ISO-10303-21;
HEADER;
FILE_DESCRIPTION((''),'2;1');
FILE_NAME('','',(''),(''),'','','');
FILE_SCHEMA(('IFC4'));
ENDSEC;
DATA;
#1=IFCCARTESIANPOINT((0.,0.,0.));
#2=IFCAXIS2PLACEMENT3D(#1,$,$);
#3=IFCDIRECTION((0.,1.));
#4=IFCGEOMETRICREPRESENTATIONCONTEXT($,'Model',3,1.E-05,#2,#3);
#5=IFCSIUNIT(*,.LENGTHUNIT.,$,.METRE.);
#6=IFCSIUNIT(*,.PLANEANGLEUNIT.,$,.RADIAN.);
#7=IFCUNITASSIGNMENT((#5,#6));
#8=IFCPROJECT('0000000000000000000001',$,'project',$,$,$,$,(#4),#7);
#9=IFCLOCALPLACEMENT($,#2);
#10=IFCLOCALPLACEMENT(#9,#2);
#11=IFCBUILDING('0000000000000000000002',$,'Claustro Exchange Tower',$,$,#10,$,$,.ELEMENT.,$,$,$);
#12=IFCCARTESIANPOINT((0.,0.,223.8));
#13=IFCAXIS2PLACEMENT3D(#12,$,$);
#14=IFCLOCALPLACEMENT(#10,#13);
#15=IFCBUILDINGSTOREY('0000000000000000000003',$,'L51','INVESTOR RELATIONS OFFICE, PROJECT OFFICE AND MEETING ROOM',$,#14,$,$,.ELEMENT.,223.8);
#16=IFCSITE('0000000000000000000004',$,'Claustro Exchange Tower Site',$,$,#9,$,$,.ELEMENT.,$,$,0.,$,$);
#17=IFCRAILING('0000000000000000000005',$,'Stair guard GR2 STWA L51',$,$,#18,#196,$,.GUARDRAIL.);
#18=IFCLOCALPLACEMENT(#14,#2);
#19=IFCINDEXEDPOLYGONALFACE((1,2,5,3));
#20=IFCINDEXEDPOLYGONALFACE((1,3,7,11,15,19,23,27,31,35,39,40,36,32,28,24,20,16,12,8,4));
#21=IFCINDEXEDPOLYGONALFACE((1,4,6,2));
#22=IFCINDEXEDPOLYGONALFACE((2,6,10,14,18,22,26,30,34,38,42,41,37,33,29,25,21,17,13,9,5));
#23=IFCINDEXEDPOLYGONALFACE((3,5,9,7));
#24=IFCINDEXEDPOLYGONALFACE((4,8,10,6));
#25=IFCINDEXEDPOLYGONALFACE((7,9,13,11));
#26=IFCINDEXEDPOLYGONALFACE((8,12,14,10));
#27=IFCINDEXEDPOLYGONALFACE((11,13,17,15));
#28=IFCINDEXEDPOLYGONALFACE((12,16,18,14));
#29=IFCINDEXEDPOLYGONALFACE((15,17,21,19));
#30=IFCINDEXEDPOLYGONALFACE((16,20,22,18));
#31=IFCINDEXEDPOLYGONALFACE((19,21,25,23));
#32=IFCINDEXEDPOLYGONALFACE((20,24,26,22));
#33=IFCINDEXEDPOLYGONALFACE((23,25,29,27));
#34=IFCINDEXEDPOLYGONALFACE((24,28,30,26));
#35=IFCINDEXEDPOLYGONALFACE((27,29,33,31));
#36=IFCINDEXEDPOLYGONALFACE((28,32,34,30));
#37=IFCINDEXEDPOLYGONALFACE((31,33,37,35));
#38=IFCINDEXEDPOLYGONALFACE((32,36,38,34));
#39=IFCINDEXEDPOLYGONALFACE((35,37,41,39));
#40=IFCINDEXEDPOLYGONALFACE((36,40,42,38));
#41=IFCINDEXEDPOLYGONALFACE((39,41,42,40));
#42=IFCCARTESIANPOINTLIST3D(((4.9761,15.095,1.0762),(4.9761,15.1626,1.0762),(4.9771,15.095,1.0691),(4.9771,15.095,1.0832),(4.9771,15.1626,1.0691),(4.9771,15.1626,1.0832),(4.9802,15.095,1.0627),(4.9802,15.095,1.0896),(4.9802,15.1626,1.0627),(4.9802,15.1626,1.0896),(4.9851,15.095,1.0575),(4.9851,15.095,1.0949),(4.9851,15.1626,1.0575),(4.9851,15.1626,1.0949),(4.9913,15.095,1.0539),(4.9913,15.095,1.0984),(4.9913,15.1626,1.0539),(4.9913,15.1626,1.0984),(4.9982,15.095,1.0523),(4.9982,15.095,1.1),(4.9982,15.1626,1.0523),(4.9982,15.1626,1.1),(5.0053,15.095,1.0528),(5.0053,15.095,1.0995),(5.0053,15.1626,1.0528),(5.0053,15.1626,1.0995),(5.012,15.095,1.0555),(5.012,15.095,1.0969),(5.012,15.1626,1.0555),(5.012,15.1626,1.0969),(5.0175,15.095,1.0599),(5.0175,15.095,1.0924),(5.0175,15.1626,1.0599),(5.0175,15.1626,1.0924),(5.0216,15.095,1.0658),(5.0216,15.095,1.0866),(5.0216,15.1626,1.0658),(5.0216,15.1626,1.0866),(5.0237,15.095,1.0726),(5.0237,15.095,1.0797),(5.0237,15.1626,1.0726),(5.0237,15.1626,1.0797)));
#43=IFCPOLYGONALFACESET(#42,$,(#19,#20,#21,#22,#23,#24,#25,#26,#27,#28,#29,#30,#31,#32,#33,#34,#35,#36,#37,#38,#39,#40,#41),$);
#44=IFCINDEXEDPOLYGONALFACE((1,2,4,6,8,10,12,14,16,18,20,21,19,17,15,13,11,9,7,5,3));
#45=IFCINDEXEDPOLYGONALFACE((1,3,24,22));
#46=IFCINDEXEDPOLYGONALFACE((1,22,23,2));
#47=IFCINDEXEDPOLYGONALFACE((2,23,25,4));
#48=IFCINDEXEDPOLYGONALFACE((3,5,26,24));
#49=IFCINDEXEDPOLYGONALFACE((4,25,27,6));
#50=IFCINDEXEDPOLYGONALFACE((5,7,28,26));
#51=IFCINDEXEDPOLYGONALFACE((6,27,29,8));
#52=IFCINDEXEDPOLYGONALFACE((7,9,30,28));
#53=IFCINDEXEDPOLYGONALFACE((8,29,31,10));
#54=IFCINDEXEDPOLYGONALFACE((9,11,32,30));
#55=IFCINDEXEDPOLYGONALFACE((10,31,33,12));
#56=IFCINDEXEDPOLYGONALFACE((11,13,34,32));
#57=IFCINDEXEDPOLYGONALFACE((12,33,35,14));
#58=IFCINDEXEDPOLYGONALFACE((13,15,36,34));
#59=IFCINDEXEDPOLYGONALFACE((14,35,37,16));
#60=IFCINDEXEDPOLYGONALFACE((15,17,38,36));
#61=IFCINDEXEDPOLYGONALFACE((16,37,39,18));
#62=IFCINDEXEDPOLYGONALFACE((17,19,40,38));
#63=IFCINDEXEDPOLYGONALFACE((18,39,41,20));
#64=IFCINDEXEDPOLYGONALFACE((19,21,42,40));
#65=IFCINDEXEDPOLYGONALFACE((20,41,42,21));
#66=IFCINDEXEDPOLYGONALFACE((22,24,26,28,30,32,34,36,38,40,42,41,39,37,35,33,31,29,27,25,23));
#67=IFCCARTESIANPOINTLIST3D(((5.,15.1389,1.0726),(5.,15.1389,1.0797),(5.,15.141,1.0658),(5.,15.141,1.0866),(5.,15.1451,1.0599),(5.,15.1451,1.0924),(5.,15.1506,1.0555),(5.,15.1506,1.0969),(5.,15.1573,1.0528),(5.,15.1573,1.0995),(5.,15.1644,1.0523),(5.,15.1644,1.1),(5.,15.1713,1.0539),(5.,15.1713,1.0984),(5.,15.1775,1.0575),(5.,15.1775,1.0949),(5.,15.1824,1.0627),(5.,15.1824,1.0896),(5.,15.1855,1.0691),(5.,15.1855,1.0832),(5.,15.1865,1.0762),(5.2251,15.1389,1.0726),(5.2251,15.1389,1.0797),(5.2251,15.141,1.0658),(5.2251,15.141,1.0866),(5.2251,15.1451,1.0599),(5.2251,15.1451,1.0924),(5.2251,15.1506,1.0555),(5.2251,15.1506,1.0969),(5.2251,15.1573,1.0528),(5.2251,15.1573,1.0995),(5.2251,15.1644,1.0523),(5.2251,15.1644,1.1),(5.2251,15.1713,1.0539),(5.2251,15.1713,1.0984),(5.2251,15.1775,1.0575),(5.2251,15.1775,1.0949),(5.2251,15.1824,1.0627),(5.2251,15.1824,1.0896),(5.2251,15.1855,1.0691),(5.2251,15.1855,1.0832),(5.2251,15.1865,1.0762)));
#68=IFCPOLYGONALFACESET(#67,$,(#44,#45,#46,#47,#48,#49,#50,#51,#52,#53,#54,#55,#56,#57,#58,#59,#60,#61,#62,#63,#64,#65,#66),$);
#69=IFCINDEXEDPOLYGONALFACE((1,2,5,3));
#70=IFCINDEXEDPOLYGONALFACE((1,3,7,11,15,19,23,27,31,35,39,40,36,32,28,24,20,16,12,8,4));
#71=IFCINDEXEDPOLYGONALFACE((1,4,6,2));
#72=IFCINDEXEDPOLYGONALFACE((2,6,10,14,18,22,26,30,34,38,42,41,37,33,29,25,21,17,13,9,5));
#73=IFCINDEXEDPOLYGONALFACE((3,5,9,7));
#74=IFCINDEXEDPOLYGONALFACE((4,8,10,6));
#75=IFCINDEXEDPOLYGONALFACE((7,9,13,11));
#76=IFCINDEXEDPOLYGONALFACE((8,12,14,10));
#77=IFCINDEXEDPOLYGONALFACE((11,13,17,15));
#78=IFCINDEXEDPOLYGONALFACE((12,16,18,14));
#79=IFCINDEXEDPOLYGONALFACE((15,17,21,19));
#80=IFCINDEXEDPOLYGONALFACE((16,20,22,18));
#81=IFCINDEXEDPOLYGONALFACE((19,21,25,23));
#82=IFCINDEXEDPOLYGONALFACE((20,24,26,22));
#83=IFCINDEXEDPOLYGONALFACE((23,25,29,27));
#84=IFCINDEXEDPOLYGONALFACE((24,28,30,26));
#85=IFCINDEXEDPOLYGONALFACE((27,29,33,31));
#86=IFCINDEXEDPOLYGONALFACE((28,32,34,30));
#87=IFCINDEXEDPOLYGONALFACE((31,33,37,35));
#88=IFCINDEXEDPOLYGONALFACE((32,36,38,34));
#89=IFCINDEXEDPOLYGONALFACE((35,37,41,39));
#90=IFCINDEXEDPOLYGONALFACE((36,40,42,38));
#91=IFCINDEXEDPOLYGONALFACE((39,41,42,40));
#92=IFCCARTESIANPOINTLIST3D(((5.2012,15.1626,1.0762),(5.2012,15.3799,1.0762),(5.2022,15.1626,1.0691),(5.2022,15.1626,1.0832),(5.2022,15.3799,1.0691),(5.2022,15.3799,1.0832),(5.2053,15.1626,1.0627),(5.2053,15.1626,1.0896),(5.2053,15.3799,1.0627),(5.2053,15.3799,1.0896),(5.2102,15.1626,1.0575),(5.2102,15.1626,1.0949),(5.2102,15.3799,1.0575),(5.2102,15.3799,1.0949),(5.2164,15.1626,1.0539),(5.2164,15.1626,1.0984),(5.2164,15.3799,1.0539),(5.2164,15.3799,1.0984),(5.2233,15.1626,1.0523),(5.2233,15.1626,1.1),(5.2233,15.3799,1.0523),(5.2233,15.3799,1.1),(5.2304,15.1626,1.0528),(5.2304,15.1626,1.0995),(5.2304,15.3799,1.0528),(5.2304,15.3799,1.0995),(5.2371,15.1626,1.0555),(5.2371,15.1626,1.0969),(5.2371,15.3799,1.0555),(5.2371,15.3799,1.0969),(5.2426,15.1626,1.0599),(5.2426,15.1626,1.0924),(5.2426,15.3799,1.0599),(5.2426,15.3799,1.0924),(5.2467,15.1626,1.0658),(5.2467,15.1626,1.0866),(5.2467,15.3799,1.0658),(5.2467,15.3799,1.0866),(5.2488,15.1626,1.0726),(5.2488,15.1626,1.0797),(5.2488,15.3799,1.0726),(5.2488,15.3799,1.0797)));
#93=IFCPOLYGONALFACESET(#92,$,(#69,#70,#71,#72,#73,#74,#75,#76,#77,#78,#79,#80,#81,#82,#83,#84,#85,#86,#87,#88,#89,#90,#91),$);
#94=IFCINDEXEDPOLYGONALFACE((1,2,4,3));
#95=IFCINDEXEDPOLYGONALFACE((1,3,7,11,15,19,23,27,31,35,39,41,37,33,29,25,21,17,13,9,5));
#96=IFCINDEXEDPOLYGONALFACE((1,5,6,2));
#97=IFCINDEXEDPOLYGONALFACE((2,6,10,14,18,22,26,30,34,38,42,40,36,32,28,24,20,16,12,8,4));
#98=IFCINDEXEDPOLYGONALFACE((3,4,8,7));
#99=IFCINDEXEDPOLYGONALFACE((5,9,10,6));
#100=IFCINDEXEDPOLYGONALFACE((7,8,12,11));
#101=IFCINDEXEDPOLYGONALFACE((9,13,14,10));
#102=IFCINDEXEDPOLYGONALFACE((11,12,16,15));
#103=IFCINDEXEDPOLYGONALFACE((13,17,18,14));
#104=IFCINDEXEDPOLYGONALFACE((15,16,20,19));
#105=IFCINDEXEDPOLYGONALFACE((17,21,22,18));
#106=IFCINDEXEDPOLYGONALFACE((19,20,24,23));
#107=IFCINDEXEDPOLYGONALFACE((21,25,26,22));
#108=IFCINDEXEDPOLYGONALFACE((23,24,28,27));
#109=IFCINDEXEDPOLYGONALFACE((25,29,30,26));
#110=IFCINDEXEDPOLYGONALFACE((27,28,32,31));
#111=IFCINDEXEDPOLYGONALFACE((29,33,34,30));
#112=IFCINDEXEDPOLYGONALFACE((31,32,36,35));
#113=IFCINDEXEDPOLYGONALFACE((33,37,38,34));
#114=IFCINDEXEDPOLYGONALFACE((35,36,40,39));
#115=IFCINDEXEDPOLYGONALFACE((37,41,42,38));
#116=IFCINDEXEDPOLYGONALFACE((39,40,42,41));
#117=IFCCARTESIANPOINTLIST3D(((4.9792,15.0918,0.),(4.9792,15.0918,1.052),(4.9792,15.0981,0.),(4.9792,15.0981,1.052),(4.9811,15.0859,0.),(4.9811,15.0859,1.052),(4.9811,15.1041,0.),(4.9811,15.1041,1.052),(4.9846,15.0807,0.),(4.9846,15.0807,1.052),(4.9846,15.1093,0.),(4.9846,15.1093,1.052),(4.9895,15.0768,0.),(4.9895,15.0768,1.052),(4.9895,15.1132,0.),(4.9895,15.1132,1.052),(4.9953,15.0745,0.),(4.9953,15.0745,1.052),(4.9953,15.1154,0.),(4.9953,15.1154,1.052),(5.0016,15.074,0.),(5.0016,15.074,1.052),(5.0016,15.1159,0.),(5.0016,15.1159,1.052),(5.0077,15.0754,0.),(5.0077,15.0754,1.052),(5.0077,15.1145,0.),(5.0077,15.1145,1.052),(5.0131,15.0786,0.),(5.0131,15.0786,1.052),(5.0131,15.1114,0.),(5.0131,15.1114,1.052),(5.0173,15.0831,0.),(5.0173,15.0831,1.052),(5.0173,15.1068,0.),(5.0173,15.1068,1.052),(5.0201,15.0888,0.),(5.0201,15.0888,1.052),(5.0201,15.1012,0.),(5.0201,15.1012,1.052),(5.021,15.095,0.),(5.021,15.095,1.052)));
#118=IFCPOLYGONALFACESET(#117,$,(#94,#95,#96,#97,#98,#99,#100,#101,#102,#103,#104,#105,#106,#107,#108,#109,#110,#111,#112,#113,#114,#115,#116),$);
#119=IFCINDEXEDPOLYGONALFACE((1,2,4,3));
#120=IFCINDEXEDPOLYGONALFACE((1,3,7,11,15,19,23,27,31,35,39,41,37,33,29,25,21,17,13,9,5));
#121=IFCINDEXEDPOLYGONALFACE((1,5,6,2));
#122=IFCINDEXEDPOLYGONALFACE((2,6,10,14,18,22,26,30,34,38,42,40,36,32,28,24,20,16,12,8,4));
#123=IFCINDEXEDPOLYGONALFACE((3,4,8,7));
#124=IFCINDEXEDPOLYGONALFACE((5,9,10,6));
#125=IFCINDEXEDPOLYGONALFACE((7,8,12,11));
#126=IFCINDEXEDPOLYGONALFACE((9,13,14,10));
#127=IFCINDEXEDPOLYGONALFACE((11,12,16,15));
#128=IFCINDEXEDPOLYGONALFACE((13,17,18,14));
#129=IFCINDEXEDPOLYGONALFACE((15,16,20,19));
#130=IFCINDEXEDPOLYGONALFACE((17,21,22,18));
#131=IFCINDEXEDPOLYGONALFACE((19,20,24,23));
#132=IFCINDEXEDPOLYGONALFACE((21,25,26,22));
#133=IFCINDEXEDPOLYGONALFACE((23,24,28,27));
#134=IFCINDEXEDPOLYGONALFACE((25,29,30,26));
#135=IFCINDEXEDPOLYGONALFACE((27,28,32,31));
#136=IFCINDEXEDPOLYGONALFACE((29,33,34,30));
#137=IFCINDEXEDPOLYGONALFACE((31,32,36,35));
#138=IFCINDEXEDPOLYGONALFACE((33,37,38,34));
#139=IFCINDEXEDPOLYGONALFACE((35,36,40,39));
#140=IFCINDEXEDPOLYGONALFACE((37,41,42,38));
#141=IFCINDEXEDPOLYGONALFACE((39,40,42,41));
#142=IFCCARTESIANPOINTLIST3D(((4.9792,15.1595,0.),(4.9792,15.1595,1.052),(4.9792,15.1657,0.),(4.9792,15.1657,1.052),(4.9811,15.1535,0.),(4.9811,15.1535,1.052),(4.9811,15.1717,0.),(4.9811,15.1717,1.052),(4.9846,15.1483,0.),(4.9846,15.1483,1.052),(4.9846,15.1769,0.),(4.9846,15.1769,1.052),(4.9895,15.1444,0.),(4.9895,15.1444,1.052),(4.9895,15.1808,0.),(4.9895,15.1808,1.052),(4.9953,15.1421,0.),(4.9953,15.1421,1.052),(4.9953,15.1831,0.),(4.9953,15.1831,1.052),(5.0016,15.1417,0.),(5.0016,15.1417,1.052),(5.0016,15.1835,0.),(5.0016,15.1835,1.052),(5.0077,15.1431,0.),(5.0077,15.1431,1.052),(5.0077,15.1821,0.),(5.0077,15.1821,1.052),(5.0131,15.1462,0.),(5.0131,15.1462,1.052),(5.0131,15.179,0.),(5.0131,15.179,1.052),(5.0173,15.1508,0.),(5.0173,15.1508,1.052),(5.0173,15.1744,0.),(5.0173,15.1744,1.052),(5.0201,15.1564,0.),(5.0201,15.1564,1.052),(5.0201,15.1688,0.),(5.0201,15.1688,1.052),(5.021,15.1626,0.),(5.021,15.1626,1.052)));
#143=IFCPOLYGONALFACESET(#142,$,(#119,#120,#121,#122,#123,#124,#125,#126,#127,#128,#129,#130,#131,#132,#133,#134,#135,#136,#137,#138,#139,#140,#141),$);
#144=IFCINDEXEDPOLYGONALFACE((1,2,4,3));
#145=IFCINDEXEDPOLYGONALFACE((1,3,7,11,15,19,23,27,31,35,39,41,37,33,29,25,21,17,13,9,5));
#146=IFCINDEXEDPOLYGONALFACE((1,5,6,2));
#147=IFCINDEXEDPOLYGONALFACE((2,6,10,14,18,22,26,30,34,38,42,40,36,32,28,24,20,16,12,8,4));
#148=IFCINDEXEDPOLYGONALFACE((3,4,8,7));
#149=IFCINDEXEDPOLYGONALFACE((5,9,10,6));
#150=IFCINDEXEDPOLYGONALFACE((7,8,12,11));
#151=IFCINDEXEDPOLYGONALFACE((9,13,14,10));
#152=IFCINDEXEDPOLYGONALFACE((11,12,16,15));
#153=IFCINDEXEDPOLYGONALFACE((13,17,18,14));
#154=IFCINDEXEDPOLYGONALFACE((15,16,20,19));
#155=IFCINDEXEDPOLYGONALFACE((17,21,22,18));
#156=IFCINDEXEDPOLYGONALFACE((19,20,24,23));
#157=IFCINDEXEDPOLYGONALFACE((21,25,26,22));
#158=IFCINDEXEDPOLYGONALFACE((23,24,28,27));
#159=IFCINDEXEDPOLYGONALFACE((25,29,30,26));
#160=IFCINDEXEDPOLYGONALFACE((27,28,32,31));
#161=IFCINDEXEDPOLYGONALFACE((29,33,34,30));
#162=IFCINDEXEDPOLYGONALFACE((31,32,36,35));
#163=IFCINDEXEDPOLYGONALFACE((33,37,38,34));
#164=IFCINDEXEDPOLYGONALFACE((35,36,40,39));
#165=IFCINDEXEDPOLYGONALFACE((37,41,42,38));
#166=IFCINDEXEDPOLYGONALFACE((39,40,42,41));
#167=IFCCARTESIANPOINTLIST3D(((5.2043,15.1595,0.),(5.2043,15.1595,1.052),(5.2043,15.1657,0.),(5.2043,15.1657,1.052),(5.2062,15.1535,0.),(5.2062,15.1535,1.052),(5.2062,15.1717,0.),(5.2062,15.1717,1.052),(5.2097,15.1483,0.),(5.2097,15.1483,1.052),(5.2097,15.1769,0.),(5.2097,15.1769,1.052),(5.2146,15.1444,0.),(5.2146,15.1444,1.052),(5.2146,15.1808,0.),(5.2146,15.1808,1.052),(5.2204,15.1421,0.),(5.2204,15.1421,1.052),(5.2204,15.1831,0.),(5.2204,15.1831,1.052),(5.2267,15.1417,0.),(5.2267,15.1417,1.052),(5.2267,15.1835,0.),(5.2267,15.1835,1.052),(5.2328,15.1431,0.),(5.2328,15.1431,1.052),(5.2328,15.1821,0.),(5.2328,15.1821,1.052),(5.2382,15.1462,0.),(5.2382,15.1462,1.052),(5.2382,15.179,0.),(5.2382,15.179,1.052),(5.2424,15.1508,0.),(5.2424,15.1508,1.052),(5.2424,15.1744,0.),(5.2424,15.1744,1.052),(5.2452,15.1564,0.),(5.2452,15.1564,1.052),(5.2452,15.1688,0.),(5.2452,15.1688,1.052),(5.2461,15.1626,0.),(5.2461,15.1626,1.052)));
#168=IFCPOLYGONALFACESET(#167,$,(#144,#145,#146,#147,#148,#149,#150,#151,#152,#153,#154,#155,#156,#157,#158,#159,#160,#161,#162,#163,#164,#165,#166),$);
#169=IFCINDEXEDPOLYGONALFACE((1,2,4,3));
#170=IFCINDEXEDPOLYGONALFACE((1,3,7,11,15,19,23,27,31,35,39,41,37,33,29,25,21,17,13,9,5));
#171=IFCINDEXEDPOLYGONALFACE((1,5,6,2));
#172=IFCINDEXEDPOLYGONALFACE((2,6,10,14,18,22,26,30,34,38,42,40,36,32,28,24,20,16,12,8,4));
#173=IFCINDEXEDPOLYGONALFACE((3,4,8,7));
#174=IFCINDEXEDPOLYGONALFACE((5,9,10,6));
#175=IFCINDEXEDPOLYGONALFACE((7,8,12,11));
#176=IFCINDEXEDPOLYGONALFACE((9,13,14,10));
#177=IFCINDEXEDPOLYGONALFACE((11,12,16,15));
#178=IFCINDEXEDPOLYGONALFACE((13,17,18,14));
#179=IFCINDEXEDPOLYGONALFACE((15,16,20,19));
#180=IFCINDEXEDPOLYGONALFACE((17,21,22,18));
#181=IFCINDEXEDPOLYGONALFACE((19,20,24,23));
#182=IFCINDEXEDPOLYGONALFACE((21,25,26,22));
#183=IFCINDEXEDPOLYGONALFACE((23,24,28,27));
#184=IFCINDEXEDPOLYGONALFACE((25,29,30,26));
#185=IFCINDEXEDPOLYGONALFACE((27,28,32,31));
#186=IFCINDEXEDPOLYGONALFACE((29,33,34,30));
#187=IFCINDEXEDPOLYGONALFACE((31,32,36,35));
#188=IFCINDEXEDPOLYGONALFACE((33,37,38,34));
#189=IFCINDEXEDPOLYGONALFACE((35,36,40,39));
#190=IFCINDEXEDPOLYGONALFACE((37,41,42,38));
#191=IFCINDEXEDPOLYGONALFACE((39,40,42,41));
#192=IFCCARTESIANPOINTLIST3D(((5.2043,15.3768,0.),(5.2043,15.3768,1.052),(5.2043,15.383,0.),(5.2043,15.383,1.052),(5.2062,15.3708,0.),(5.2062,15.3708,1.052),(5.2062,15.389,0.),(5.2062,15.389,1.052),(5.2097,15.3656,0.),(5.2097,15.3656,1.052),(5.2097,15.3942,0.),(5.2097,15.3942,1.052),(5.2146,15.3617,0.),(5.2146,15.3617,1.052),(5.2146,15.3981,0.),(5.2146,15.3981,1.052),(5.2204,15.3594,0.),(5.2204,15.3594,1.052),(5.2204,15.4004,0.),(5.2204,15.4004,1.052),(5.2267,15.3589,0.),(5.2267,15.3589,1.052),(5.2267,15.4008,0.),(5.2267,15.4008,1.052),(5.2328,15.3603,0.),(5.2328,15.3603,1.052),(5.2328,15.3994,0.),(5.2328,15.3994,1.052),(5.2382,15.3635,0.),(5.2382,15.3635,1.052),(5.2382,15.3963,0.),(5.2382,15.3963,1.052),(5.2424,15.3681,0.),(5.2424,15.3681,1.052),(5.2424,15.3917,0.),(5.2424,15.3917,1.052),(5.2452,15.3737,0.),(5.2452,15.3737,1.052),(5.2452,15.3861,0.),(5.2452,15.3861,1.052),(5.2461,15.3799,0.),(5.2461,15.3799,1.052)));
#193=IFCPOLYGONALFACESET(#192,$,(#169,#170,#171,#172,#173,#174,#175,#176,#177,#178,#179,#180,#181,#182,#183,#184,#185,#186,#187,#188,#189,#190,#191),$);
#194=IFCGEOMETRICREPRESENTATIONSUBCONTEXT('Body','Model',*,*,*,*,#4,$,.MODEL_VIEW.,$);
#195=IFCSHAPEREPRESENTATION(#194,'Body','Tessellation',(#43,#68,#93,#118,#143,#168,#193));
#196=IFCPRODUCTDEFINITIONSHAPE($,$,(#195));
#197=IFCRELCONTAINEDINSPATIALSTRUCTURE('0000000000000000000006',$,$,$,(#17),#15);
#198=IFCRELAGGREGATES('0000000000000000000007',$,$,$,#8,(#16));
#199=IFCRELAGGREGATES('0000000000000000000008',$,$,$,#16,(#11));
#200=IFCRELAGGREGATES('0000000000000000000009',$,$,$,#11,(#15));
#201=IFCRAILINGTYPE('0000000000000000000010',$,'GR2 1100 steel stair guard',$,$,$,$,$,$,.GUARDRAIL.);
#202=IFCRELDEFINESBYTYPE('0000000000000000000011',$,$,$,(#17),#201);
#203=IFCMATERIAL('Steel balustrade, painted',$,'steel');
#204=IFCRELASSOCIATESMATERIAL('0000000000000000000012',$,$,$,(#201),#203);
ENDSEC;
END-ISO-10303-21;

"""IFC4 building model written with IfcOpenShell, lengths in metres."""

from ifc_helpers import new_model, si_unit, direction, frame, origin, origin_2d, place, context, subcontext, project, spatial, circle, extrude, material, type_object, element, save


model = new_model("IFC4")

# Units and contexts
model_context = context("Model", 3, precision=1e-05, world=origin(), true_north=direction((0.0, 1.0)))
body_context = subcontext(model_context, "Body", "Model", "MODEL_VIEW")
ifc_project = project(units=[si_unit("LENGTHUNIT", "METRE"), si_unit("PLANEANGLEUNIT", "RADIAN")], contexts=[model_context])

# Site, building, storey
site_placement = place(None, origin())
site = spatial("IfcSite", under=ifc_project, at=site_placement, Name="Claustro Exchange Tower Site", CompositionType="ELEMENT", RefElevation=0.0)
building_placement = place(site_placement, origin())
building = spatial("IfcBuilding", under=site, at=building_placement, Name="Claustro Exchange Tower", CompositionType="ELEMENT")
storey_placement = place(building_placement, frame((0.0, 0.0, 223.8)))
storey = spatial("IfcBuildingStorey", under=building, at=storey_placement, Name="L51", Description="INVESTOR RELATIONS OFFICE, PROJECT OFFICE AND MEETING ROOM", CompositionType="ELEMENT", Elevation=223.8)

# Railing
ifc_material_1 = material(Name="Steel balustrade, painted", Category="steel")
railing_type_1 = type_object("IfcRailingType", Name="GR2 1100 steel stair guard", PredefinedType="GUARDRAIL", material=ifc_material_1)
railing_1_placement = place(storey_placement, frame((5.0, 15.095, 0.0)))
element("IfcRailing", 1, at=railing_1_placement, inside=storey, type_object=railing_type_1, Name="Stair guard GR2 STWA L51", PredefinedType="GUARDRAIL", context=body_context, shape_type="SweptSolid", body=[
    extrude(circle(Radius=0.0239, at=origin_2d()), frame((0.0, 0.0, 1.0762), z_axis=(0.0, 1.0, 0.0), x_axis=(-1.0, 0.0, 0.0)), (0.0, 0.0, 1.0), 0.0676),
    extrude(circle(Radius=0.0239, at=origin_2d()), frame((0.0, 0.0676, 1.0762), z_axis=(1.0, 0.0, 0.0), x_axis=(0.0, 1.0, 0.0)), (0.0, 0.0, 1.0), 0.2251),
    extrude(circle(Radius=0.0239, at=origin_2d()), frame((0.2251, 0.0676, 1.0762), z_axis=(0.0, 1.0, 0.0), x_axis=(-1.0, 0.0, 0.0)), (0.0, 0.0, 1.0), 0.2173),
    extrude(circle(Radius=0.021, at=origin_2d()), origin(), (0.0, 0.0, 1.0), 1.052),
    extrude(circle(Radius=0.021, at=origin_2d()), frame((0.0, 0.0676, 0.0)), (0.0, 0.0, 1.0), 1.052),
    extrude(circle(Radius=0.021, at=origin_2d()), frame((0.2251, 0.0676, 0.0)), (0.0, 0.0, 1.0), 1.052),
    extrude(circle(Radius=0.021, at=origin_2d()), frame((0.2251, 0.2849, 0.0)), (0.0, 0.0, 1.0), 1.052),
])

save(model, "model.ifc")
